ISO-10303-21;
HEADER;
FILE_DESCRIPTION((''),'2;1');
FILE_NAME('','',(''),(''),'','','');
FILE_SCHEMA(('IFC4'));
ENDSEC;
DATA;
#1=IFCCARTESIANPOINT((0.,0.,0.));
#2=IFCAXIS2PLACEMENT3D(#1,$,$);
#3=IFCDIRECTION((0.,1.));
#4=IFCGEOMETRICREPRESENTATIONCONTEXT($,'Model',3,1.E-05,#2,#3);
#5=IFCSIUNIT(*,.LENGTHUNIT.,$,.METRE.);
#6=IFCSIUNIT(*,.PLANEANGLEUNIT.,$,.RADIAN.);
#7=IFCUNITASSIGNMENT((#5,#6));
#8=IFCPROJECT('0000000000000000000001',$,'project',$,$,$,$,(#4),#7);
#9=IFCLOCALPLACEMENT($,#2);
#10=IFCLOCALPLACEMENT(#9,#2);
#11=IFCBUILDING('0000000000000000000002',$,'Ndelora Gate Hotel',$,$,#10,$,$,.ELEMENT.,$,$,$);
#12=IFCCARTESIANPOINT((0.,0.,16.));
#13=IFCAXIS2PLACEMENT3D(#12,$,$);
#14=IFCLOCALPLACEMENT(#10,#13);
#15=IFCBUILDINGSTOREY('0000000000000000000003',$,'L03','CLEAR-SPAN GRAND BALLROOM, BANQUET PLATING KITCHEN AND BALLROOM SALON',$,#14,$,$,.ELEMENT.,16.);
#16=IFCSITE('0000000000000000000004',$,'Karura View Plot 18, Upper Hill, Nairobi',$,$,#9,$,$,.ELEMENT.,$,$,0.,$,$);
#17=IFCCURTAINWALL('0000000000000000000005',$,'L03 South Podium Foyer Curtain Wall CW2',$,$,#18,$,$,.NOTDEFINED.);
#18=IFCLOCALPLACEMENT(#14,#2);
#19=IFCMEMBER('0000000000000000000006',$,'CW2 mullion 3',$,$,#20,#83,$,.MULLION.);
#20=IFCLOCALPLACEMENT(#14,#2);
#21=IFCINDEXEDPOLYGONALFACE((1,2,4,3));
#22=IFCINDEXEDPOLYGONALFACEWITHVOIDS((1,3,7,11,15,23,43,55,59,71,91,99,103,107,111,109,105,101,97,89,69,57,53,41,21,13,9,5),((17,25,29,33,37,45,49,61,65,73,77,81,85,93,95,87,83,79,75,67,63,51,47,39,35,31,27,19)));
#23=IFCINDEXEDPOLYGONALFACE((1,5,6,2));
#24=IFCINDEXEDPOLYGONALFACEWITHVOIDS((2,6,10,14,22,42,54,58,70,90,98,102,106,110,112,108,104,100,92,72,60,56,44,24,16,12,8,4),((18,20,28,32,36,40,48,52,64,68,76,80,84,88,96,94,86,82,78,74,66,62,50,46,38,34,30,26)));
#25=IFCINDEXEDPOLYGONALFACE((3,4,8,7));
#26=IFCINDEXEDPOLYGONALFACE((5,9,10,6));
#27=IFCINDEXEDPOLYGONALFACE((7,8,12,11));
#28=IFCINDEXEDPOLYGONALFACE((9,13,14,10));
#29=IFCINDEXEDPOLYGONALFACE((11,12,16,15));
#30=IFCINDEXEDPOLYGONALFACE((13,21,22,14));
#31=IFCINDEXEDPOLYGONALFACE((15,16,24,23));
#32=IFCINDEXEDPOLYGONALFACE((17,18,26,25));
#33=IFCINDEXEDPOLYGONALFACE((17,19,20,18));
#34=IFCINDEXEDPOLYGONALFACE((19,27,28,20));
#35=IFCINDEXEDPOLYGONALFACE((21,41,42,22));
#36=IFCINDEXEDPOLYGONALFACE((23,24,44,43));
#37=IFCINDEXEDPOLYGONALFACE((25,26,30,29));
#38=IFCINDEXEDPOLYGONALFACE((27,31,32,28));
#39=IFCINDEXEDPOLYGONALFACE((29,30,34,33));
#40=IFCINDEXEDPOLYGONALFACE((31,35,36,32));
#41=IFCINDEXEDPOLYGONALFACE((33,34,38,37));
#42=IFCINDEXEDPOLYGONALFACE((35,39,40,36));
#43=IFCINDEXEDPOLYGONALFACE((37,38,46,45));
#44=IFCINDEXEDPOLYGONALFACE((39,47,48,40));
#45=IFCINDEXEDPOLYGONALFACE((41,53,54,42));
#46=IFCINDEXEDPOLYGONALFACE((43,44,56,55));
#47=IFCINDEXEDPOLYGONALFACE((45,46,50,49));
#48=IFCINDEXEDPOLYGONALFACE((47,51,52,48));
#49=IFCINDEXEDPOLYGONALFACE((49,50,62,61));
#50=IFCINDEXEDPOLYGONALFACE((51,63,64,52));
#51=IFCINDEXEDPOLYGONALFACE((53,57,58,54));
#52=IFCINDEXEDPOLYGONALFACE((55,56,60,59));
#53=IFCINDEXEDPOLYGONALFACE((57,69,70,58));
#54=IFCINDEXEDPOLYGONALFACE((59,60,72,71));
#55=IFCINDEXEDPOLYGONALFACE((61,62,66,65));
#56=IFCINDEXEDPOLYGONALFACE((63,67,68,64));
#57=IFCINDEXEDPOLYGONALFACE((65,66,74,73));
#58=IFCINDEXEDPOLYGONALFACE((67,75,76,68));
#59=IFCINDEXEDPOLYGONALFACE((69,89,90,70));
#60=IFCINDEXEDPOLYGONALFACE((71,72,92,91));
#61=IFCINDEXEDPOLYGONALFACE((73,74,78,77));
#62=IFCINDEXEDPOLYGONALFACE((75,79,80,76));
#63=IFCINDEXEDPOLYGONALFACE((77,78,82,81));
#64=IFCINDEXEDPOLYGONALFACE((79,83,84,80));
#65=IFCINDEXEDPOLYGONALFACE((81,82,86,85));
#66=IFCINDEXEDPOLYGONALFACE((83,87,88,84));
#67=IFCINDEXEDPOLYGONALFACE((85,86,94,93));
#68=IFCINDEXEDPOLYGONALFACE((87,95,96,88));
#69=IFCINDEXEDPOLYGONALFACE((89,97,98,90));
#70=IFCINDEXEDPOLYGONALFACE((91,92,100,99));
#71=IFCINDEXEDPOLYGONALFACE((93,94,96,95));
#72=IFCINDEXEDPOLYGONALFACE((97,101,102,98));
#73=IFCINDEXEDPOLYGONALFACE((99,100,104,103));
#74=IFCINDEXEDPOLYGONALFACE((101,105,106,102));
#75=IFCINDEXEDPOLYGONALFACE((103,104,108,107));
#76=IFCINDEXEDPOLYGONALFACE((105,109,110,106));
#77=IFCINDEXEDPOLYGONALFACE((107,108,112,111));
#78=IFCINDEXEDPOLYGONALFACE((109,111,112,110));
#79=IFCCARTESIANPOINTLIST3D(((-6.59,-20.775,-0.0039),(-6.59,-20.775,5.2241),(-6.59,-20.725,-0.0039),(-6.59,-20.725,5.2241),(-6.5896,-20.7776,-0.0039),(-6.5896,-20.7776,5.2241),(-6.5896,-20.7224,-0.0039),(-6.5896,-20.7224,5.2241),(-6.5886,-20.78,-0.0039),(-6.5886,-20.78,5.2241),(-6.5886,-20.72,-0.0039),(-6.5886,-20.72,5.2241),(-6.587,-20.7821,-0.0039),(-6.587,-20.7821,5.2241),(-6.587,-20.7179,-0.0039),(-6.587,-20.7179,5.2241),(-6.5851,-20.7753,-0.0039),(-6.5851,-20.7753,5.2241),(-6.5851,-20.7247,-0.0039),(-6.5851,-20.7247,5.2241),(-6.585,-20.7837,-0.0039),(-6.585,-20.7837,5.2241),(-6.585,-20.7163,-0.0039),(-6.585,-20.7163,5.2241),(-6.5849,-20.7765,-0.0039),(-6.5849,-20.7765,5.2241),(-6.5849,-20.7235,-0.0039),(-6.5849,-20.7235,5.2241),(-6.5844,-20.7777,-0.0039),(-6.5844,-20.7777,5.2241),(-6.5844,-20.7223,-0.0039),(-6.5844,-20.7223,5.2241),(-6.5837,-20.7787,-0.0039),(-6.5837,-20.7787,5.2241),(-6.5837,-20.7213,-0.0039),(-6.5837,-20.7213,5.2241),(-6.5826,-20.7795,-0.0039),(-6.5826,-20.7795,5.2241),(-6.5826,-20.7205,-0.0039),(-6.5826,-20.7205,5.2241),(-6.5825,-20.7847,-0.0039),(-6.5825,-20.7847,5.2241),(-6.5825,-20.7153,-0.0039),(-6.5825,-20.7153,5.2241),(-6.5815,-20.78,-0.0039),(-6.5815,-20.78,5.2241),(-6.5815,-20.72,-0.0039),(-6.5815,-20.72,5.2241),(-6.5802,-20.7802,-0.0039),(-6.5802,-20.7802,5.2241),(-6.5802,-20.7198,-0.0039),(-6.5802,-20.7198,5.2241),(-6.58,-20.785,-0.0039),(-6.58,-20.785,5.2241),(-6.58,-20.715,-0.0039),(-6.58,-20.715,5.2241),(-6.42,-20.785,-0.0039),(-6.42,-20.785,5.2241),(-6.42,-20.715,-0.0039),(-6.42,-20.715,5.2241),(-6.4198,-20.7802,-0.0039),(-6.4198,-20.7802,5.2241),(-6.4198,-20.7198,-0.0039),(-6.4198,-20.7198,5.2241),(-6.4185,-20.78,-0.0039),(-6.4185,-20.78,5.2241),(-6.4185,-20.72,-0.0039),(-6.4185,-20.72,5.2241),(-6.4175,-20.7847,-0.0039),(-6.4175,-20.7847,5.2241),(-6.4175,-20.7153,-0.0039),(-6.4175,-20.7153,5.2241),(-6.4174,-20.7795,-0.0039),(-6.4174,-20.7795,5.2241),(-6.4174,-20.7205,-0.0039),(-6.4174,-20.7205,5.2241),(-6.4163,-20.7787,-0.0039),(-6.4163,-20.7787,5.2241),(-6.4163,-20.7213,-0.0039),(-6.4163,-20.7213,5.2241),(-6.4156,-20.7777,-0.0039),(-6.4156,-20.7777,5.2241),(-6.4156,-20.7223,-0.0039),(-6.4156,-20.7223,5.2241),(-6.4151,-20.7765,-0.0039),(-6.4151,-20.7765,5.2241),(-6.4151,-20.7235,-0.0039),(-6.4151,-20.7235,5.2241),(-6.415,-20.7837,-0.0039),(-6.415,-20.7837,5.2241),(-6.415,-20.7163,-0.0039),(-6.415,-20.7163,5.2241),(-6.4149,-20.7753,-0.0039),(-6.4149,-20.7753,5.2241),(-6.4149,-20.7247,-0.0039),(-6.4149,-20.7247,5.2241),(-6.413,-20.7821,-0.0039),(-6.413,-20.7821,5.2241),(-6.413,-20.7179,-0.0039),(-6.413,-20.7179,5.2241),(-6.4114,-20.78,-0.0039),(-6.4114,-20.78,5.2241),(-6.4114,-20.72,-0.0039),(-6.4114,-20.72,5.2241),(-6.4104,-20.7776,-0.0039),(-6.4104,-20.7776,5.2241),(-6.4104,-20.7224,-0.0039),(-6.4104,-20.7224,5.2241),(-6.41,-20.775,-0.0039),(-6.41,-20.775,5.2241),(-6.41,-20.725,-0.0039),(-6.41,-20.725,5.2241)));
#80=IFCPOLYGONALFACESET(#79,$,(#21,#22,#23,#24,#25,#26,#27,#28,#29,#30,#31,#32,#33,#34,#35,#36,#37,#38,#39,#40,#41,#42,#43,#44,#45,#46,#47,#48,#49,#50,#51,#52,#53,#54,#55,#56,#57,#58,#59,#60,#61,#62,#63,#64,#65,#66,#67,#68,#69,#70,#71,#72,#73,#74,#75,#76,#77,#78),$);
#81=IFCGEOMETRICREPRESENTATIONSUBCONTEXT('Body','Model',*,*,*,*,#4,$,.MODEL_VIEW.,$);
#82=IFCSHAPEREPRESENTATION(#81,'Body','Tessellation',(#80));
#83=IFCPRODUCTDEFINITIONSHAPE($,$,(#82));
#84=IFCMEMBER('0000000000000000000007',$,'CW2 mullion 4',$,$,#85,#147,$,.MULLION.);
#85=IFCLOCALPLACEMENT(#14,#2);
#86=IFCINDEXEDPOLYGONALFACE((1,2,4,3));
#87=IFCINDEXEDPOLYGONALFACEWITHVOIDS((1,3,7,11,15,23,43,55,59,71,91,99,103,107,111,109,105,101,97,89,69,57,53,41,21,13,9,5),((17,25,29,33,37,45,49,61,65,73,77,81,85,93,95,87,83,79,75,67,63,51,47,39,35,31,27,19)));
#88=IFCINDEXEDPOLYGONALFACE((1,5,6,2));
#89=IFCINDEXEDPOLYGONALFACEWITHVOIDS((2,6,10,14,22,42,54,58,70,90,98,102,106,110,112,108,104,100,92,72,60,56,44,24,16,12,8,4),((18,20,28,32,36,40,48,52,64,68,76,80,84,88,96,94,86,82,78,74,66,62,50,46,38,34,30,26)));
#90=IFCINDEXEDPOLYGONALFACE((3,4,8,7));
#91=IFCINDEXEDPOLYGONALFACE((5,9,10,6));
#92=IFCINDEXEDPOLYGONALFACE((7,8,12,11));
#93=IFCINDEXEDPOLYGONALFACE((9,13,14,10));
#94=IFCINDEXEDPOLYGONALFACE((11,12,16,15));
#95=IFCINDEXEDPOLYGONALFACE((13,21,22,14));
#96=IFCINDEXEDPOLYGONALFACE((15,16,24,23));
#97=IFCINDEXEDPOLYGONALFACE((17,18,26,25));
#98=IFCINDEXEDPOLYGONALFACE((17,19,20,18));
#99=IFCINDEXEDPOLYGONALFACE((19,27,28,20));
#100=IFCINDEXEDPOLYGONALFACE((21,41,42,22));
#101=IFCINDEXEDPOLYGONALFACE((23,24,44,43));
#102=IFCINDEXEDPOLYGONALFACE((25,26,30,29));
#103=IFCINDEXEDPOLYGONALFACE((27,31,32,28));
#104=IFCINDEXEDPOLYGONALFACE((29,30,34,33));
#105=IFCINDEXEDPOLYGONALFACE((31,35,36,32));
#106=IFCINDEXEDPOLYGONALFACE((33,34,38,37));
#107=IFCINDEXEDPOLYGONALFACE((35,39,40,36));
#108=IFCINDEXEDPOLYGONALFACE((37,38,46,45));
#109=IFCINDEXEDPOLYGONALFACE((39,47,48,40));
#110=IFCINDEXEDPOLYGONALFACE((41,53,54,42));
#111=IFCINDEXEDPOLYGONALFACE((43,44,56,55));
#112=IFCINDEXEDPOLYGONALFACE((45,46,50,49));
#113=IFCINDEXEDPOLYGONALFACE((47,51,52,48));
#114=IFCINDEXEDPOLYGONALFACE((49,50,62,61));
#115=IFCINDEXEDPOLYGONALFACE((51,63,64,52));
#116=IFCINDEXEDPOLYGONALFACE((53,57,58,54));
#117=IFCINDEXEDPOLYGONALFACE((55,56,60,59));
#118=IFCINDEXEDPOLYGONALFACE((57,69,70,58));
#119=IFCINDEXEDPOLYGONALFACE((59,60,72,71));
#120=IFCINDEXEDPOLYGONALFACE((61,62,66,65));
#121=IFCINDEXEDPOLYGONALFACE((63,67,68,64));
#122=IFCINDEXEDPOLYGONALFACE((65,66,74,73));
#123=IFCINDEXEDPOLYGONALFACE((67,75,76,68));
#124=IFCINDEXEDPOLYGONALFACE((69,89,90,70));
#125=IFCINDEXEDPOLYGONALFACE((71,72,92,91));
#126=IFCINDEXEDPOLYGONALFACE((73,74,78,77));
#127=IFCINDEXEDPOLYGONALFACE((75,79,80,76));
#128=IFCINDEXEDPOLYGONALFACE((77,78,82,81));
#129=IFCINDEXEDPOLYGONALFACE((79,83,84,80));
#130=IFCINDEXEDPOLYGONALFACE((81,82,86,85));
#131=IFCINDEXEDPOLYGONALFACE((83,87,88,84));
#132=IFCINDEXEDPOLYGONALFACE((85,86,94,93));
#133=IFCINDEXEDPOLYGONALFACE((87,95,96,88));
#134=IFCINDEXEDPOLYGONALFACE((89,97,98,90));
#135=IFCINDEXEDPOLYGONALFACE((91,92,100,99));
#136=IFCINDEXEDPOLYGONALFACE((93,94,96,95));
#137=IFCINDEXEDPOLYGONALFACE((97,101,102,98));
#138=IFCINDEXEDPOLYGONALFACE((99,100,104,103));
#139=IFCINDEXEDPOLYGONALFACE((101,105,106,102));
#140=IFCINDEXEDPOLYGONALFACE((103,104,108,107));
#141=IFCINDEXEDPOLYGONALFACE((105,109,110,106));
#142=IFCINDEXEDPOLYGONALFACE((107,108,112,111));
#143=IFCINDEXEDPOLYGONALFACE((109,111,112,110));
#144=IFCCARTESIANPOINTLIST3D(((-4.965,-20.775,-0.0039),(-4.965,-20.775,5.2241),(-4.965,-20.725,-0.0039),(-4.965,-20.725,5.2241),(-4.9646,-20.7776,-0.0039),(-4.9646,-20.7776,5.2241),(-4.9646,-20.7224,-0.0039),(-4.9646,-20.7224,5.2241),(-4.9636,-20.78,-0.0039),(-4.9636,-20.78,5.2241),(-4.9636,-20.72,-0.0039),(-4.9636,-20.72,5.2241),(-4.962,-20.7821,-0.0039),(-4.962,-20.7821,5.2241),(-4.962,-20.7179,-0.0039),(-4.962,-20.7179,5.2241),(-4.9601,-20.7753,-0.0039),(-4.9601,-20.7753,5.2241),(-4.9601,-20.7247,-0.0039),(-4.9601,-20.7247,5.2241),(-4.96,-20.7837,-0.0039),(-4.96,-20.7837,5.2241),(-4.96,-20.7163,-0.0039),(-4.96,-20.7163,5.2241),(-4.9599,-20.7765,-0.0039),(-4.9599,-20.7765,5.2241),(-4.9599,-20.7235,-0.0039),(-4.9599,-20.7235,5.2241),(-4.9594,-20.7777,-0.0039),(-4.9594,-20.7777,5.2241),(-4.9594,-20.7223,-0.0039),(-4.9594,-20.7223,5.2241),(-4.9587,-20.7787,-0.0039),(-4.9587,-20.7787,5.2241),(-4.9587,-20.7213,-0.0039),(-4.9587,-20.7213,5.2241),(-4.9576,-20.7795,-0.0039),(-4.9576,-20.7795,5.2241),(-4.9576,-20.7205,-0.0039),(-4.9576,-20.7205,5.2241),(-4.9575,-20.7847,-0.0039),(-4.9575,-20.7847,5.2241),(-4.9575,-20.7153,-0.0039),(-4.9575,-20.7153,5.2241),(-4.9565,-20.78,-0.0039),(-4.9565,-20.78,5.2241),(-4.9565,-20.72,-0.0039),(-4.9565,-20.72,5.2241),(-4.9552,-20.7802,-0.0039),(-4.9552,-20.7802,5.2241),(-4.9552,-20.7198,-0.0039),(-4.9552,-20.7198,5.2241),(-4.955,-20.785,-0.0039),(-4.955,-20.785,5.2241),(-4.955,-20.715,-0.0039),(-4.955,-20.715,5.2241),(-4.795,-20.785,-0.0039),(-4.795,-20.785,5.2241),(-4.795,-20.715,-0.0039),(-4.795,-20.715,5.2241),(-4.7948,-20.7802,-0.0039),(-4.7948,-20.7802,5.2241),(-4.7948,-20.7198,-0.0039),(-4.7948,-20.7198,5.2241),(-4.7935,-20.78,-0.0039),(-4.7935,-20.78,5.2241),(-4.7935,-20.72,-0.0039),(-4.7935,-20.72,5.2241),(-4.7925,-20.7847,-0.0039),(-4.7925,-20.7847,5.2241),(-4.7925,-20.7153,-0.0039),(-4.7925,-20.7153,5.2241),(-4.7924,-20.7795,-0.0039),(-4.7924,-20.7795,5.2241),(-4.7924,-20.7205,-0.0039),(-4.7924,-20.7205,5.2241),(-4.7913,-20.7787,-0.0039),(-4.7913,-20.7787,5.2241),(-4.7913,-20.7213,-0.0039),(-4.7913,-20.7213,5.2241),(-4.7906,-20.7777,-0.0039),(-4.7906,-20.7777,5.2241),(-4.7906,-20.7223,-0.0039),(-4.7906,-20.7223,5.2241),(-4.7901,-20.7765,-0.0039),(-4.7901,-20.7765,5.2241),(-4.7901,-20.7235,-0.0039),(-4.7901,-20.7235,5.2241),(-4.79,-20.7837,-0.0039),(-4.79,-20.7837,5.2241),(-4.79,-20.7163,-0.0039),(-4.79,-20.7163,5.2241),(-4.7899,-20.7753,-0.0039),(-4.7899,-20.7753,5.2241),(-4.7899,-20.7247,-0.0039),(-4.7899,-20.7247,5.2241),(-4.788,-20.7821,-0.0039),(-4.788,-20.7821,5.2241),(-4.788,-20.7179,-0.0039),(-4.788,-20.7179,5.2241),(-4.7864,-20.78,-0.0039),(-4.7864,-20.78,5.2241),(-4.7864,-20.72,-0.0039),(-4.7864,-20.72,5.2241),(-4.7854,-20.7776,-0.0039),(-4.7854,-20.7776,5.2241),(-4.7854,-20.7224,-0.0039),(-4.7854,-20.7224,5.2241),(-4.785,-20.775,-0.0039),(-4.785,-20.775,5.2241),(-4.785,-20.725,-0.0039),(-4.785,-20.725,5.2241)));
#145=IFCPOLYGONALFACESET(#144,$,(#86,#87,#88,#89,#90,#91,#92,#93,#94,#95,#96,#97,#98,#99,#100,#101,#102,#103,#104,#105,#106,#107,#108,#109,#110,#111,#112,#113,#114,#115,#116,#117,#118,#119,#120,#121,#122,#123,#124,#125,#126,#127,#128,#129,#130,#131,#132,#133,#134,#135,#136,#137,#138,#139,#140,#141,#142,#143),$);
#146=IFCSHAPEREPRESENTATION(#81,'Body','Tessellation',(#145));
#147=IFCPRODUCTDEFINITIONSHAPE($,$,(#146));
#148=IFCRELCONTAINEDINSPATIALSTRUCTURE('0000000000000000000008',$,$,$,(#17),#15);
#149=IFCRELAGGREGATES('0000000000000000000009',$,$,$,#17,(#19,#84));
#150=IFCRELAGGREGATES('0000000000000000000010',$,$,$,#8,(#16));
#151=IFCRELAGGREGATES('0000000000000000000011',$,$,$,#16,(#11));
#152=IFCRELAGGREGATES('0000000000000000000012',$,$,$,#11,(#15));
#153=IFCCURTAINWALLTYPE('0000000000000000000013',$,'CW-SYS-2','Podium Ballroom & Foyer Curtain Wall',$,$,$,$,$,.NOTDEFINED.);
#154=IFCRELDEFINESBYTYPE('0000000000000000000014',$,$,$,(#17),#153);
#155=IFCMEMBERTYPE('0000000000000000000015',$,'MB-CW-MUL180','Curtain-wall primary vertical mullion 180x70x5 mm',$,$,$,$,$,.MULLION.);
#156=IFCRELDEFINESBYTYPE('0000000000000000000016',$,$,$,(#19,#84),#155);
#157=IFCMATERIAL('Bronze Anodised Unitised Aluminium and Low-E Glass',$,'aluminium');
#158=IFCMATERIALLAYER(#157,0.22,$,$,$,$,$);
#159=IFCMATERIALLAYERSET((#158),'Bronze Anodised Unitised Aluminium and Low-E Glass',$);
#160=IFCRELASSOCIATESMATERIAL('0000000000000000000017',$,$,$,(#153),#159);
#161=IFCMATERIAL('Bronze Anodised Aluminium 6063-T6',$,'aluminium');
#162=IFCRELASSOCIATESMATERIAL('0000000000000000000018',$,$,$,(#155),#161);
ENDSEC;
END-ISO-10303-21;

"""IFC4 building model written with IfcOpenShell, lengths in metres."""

from ifc_helpers import new_model, si_unit, direction, frame, origin, origin_2d, place, context, subcontext, project, spatial, hollow_rectangle, extrude, material, layer, layer_set, material_profile, profile_set, type_object, element, aggregate, save


model = new_model("IFC4")

# Units and contexts
model_context = context("Model", 3, precision=1e-05, world=origin(), true_north=direction((0.0, 1.0)))
body_context = subcontext(model_context, "Body", "Model", "MODEL_VIEW")
ifc_project = project(units=[si_unit("LENGTHUNIT", "METRE"), si_unit("PLANEANGLEUNIT", "RADIAN")], contexts=[model_context])

# Site, building, storey
site_placement = place(None, origin())
site = spatial("IfcSite", under=ifc_project, at=site_placement, Name="Karura View Plot 18, Upper Hill, Nairobi", CompositionType="ELEMENT", RefElevation=0.0)
building_placement = place(site_placement, origin())
building = spatial("IfcBuilding", under=site, at=building_placement, Name="Ndelora Gate Hotel", CompositionType="ELEMENT")
storey_placement = place(building_placement, frame((0.0, 0.0, 16.0)))
storey = spatial("IfcBuildingStorey", under=building, at=storey_placement, Name="L03", Description="CLEAR-SPAN GRAND BALLROOM, BANQUET PLATING KITCHEN AND BALLROOM SALON", CompositionType="ELEMENT", Elevation=16.0)

# Curtain wall, members
ifc_material_1 = material(Name="Bronze Anodised Unitised Aluminium and Low-E Glass", Category="aluminium")
ifc_layer_1 = layer(ifc_material_1, 0.22)
ifc_layer_set_1 = layer_set([ifc_layer_1], Name="Bronze Anodised Unitised Aluminium and Low-E Glass")
curtain_wall_type = type_object("IfcCurtainWallType", Name="CW-SYS-2", Description="Podium Ballroom & Foyer Curtain Wall", PredefinedType="NOTDEFINED", material=ifc_layer_set_1)
curtain_wall_placement = place(storey_placement, origin())
curtain_wall = element("IfcCurtainWall", 1, at=curtain_wall_placement, inside=storey, type_object=curtain_wall_type, Name="L03 South Podium Foyer Curtain Wall CW2", PredefinedType="NOTDEFINED")
ifc_material_2 = material(Name="Bronze Anodised Aluminium 6063-T6", Category="aluminium")
ifc_material_profile_1 = material_profile(ifc_material_2, hollow_rectangle(XDim=0.0701, YDim=0.1799, WallThickness=0.0049, InnerFilletRadius=0.0049, OuterFilletRadius=0.01, at=origin_2d()), Name="ALU 180x70x5")
ifc_profile_set_1 = profile_set([ifc_material_profile_1], Name="Bronze Anodised Aluminium 6063-T6")
member_type_1 = type_object("IfcMemberType", Name="MB-CW-MUL180", Description="Curtain-wall primary vertical mullion 180x70x5 mm", PredefinedType="MULLION", material=ifc_profile_set_1)
member_1_placement = place(storey_placement, frame((-6.5, -20.75, -0.0039), z_axis=(0.0, 0.0, 1.0), x_axis=(0.0, 1.0, 0.0)))
member_1 = element("IfcMember", 2, at=member_1_placement, type_object=member_type_1, Name="CW2 mullion 3", PredefinedType="MULLION", context=body_context, shape_type="SweptSolid", body=[
    extrude(hollow_rectangle(XDim=0.0701, YDim=0.1799, WallThickness=0.0049, InnerFilletRadius=0.0049, OuterFilletRadius=0.01, at=origin_2d()), origin(), (0.0, 0.0, 1.0), 5.228),
])
member_2_placement = place(storey_placement, frame((-4.875, -20.75, -0.0039), z_axis=(0.0, 0.0, 1.0), x_axis=(0.0, 1.0, 0.0)))
member_2 = element("IfcMember", 3, at=member_2_placement, type_object=member_type_1, Name="CW2 mullion 4", PredefinedType="MULLION", context=body_context, shape_type="SweptSolid", body=[
    extrude(hollow_rectangle(XDim=0.0701, YDim=0.1799, WallThickness=0.0049, InnerFilletRadius=0.0049, OuterFilletRadius=0.01, at=origin_2d()), origin(), (0.0, 0.0, 1.0), 5.228),
])
aggregate(curtain_wall, [member_1, member_2])

save(model, "model.ifc")
